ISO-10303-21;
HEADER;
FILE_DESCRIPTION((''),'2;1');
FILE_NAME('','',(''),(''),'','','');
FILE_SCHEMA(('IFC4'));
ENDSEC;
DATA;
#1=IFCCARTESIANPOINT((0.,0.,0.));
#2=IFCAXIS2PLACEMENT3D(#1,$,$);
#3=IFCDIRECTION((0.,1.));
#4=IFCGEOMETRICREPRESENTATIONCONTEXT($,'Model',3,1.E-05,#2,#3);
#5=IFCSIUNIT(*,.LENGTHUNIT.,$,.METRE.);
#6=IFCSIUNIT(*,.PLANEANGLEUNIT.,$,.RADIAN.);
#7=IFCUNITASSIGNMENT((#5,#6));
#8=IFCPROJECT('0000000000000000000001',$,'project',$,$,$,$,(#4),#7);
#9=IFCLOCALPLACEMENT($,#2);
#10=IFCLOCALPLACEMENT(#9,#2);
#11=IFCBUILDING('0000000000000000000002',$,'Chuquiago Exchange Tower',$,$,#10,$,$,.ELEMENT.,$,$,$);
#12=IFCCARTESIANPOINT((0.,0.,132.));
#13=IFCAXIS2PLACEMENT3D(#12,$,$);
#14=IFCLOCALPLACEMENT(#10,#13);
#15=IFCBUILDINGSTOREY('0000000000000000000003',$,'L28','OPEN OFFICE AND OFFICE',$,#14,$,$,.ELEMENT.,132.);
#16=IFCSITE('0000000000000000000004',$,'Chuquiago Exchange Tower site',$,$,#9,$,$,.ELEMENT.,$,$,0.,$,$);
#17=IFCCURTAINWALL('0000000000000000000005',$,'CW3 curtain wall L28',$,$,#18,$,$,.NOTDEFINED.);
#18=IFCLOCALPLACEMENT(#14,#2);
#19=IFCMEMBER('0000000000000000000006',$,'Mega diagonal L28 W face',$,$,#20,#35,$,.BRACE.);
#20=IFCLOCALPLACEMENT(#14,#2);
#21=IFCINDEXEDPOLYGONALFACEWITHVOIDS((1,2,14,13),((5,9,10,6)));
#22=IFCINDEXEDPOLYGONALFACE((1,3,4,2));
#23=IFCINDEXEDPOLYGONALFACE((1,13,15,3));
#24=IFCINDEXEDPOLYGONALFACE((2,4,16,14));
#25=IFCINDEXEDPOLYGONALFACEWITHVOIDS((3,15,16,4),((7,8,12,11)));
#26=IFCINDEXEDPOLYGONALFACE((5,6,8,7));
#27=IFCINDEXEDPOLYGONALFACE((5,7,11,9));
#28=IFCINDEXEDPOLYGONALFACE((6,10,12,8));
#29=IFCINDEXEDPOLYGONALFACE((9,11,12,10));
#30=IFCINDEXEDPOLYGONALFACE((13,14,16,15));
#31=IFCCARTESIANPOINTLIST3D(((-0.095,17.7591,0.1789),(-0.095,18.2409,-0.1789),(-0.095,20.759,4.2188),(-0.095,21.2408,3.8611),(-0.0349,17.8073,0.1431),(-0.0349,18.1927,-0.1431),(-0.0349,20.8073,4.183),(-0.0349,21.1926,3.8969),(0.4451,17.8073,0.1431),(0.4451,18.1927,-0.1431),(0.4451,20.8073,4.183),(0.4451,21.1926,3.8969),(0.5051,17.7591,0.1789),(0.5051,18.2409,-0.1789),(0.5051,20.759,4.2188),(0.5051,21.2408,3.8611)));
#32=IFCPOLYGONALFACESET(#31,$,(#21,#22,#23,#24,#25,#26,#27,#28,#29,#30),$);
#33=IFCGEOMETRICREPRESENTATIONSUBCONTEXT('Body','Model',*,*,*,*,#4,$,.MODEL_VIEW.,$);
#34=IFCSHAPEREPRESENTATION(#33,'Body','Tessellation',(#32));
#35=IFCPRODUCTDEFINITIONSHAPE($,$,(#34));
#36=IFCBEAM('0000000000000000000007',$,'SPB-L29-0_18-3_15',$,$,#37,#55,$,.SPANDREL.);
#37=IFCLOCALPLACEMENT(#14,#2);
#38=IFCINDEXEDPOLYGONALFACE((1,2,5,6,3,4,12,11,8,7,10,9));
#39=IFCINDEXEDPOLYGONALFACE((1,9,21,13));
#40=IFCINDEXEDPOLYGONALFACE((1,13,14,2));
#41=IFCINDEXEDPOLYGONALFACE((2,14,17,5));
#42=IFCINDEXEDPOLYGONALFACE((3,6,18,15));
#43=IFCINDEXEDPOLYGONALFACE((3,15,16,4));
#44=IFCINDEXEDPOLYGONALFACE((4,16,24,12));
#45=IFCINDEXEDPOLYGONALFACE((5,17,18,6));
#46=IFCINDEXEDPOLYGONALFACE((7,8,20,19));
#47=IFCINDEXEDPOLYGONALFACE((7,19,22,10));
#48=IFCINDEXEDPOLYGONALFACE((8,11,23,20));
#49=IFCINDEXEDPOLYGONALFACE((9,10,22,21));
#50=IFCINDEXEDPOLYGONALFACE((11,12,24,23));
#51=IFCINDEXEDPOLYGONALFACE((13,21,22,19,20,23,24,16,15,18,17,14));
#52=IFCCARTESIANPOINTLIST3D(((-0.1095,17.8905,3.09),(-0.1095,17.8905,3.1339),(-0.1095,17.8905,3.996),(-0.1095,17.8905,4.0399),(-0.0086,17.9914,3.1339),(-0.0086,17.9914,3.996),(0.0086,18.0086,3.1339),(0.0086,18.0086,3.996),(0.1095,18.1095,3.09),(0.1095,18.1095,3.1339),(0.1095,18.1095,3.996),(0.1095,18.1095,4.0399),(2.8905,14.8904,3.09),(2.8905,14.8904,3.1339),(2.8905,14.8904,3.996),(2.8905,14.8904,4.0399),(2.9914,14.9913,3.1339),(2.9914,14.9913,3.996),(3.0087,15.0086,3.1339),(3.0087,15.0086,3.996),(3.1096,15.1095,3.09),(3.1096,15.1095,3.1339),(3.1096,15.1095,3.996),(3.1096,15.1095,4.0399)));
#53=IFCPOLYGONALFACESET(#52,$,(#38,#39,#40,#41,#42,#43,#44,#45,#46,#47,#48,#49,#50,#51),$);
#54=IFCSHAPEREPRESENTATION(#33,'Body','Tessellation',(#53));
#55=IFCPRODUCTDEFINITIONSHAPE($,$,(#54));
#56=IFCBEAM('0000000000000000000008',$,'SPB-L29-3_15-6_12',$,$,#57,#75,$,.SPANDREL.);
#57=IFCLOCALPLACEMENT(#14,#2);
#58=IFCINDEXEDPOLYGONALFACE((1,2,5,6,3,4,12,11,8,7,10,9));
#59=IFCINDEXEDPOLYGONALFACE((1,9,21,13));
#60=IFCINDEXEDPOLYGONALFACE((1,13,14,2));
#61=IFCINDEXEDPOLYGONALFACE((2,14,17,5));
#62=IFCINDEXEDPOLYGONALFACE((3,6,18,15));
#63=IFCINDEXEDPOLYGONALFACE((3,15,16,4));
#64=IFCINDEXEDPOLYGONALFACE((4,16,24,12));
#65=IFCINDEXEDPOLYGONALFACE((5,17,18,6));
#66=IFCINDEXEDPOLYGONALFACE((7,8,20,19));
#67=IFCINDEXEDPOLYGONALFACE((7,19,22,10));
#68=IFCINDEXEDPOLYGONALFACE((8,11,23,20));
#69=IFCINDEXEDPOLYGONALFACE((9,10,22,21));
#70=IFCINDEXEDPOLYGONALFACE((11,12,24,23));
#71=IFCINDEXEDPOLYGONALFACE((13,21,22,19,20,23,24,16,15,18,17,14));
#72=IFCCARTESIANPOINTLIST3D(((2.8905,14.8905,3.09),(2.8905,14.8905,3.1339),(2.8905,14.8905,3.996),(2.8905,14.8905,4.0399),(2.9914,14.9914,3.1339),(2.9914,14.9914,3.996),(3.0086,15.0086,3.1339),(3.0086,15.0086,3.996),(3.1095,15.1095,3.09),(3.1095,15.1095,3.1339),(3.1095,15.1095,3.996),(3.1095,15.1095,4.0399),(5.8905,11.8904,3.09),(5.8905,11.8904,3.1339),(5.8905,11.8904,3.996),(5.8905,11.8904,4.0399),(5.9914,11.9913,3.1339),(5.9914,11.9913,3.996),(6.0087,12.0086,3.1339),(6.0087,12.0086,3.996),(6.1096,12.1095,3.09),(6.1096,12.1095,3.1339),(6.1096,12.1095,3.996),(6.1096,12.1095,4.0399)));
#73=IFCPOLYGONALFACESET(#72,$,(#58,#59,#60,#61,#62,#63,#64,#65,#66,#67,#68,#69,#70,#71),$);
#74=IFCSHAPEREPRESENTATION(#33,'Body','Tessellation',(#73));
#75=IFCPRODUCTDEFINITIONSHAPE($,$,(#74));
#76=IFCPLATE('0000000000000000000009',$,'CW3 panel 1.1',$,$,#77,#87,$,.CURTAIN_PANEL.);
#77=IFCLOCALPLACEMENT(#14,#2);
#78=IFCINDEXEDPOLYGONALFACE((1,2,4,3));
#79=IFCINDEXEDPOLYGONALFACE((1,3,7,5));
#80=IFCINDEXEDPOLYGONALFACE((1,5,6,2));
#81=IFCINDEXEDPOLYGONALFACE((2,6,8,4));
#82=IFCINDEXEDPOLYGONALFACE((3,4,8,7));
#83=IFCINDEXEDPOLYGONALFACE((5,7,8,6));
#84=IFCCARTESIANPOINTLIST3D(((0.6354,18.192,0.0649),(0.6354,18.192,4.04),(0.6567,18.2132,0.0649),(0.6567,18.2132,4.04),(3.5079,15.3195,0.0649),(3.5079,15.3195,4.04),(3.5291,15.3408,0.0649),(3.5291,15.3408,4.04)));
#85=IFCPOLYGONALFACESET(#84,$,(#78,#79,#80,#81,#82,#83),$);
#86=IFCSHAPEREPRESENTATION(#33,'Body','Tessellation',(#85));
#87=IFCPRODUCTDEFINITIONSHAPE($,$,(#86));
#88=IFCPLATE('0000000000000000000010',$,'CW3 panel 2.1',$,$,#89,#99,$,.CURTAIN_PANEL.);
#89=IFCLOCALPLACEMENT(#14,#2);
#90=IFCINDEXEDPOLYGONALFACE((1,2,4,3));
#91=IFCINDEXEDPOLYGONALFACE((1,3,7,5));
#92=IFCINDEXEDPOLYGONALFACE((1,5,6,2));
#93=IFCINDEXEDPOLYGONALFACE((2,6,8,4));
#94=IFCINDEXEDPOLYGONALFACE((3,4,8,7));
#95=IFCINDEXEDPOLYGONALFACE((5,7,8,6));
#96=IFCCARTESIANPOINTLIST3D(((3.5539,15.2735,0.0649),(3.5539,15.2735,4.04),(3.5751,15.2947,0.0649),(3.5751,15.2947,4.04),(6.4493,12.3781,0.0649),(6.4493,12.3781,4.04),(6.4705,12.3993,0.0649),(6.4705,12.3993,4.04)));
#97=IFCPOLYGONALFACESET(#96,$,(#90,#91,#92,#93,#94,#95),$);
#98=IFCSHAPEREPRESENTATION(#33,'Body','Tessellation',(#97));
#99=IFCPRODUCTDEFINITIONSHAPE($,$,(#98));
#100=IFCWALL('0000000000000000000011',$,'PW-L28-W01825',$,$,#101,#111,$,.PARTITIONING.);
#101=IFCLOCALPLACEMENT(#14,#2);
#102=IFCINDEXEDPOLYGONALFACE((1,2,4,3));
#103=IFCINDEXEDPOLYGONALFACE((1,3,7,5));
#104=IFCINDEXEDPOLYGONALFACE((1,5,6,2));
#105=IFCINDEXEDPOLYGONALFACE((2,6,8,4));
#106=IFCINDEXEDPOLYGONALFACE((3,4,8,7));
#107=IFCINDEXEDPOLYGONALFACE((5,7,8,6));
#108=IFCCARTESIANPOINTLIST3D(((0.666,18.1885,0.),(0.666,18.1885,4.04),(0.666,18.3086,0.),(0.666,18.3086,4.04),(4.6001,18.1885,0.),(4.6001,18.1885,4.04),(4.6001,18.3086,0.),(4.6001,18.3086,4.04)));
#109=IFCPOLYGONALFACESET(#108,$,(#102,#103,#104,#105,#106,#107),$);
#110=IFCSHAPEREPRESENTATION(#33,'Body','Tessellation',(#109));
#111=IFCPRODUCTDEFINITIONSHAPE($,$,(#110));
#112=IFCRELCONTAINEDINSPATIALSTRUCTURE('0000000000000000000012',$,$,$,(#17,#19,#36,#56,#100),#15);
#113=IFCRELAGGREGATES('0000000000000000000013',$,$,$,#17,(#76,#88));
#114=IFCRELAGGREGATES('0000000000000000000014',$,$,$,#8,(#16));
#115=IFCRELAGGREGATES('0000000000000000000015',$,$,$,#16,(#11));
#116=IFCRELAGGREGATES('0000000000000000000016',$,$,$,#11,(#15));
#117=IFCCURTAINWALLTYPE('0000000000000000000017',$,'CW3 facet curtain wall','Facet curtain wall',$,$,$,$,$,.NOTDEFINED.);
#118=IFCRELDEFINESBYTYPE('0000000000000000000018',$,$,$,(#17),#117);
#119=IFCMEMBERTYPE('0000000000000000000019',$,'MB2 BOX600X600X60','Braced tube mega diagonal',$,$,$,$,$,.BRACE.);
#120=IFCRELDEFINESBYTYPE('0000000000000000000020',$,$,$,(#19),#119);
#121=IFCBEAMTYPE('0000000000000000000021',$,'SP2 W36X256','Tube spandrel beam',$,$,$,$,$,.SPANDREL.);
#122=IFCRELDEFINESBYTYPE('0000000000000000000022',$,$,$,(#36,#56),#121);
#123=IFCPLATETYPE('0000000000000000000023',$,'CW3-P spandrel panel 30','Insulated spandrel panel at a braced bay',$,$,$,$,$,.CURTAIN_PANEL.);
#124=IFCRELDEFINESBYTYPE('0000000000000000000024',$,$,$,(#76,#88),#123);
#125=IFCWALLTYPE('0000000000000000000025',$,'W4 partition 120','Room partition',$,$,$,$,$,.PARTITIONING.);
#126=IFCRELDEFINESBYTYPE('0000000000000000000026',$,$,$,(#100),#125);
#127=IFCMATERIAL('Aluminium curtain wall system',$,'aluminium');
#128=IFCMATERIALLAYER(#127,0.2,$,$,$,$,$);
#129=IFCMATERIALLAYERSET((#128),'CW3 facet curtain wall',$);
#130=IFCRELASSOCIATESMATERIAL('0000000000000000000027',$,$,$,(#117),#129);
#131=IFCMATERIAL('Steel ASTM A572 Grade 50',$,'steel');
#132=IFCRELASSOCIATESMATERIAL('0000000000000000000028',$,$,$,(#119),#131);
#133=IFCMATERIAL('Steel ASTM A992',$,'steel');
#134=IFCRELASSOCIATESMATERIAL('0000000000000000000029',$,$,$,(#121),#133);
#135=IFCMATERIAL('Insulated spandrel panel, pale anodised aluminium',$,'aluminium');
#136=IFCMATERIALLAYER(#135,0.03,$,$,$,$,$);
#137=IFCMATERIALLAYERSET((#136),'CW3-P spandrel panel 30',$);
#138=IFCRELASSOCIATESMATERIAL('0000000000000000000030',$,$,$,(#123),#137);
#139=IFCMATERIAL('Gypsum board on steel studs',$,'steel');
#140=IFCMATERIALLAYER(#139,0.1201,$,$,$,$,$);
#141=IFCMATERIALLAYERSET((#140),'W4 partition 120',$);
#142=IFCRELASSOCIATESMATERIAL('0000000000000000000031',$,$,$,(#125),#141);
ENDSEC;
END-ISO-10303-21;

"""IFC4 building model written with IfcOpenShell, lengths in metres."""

from ifc_helpers import new_model, si_unit, direction, frame, frame_2d, origin, origin_2d, place, context, subcontext, project, spatial, rectangle, hollow_rectangle, i_section, extrude, material, layer, layer_set, material_profile, profile_set, type_object, element, aggregate, save


model = new_model("IFC4")

# Units and contexts
model_context = context("Model", 3, precision=1e-05, world=origin(), true_north=direction((0.0, 1.0)))
body_context = subcontext(model_context, "Body", "Model", "MODEL_VIEW")
ifc_project = project(units=[si_unit("LENGTHUNIT", "METRE"), si_unit("PLANEANGLEUNIT", "RADIAN")], contexts=[model_context])

# Site, building, storey
site_placement = place(None, origin())
site = spatial("IfcSite", under=ifc_project, at=site_placement, Name="Chuquiago Exchange Tower site", CompositionType="ELEMENT", RefElevation=0.0)
building_placement = place(site_placement, origin())
building = spatial("IfcBuilding", under=site, at=building_placement, Name="Chuquiago Exchange Tower", CompositionType="ELEMENT")
storey_placement = place(building_placement, frame((0.0, 0.0, 132.0)))
storey = spatial("IfcBuildingStorey", under=building, at=storey_placement, Name="L28", Description="OPEN OFFICE AND OFFICE", CompositionType="ELEMENT", Elevation=132.0)

# Curtain wall
ifc_material_1 = material(Name="Aluminium curtain wall system", Category="aluminium")
ifc_layer_1 = layer(ifc_material_1, 0.2)
ifc_layer_set_1 = layer_set([ifc_layer_1], Name="CW3 facet curtain wall")
curtain_wall_type_1 = type_object("IfcCurtainWallType", Name="CW3 facet curtain wall", Description="Facet curtain wall", PredefinedType="NOTDEFINED", material=ifc_layer_set_1)
curtain_wall_1_placement = place(storey_placement, origin())
curtain_wall_1 = element("IfcCurtainWall", 1, at=curtain_wall_1_placement, inside=storey, type_object=curtain_wall_type_1, Name="CW3 curtain wall L28", PredefinedType="NOTDEFINED")

# Member
ifc_material_2 = material(Name="Steel ASTM A572 Grade 50", Category="steel")
ifc_material_profile_1 = material_profile(ifc_material_2, hollow_rectangle(XDim=0.6001, YDim=0.6001, WallThickness=0.0601, at=origin_2d()), Name="BOX600X600X60")
ifc_profile_set_1 = profile_set([ifc_material_profile_1], Name="Steel ASTM A572 Grade 50")
member_type_1 = type_object("IfcMemberType", Name="MB2 BOX600X600X60", Description="Braced tube mega diagonal", PredefinedType="BRACE", material=ifc_profile_set_1)
member_1_placement = place(storey_placement, frame((0.2051, 18.0, 0.0), z_axis=(0.0, 0.596174, 0.802855), x_axis=(-1.0, 0.0, 0.0)))
element("IfcMember", 2, at=member_1_placement, inside=storey, type_object=member_type_1, Name="Mega diagonal L28 W face", PredefinedType="BRACE", context=body_context, shape_type="SweptSolid", body=[
    extrude(hollow_rectangle(XDim=0.6001, YDim=0.6001, WallThickness=0.0601, at=origin_2d()), origin(), (0.0, 0.0, 1.0), 5.032),
])

# Beams
ifc_material_3 = material(Name="Steel ASTM A992", Category="steel")
ifc_material_profile_2 = material_profile(ifc_material_3, i_section(OverallWidth=0.3098, OverallDepth=0.95, WebThickness=0.0244, FlangeThickness=0.0439, at=origin_2d()), Name="W36X256")
ifc_profile_set_2 = profile_set([ifc_material_profile_2], Name="Steel ASTM A992")
beam_type = type_object("IfcBeamType", Name="SP2 W36X256", Description="Tube spandrel beam", PredefinedType="SPANDREL", material=ifc_profile_set_2)
for number, where, z_axis, x_axis, name in (
    (3, (0.0, 18.0, 3.5649), (0.707107, -0.707107, 0.0), (0.707107, 0.707107, 0.0), "SPB-L29-0_18-3_15"),
    (4, (3.0, 15.0, 3.5649), (0.707107, -0.707107, 0.0), (0.707107, 0.707107, 0.0), "SPB-L29-3_15-6_12"),
):
    element("IfcBeam", number, at=place(storey_placement, frame(where, z_axis=z_axis, x_axis=x_axis)), inside=storey, type_object=beam_type, Name=name, PredefinedType="SPANDREL", context=body_context, shape_type="SweptSolid", body=[
        extrude(i_section(OverallWidth=0.3098, OverallDepth=0.95, WebThickness=0.0244, FlangeThickness=0.0439, at=origin_2d()), origin(), (0.0, 0.0, 1.0), 4.2427),
    ])

# Plates
ifc_material_4 = material(Name="Insulated spandrel panel, pale anodised aluminium", Category="aluminium")
ifc_layer_2 = layer(ifc_material_4, 0.03)
ifc_layer_set_2 = layer_set([ifc_layer_2], Name="CW3-P spandrel panel 30")
plate_type = type_object("IfcPlateType", Name="CW3-P spandrel panel 30", Description="Insulated spandrel panel at a braced bay", PredefinedType="CURTAIN_PANEL", material=ifc_layer_set_2)
plate_1_placement = place(storey_placement, frame((2.0823, 16.7664, 0.0649), z_axis=(0.0, 0.0, 1.0), x_axis=(0.707107, -0.707107, 0.0)))
plate_1 = element("IfcPlate", 5, at=plate_1_placement, type_object=plate_type, Name="CW3 panel 1.1", PredefinedType="CURTAIN_PANEL", context=body_context, shape_type="SweptSolid", body=[
    extrude(rectangle(XDim=4.0623, YDim=0.03, at=origin_2d()), origin(), (0.0, 0.0, 1.0), 3.9751),
])
plate_2_placement = place(storey_placement, frame((5.0122, 13.8364, 0.0649), z_axis=(0.0, 0.0, 1.0), x_axis=(0.707107, -0.707107, 0.0)))
plate_2 = element("IfcPlate", 6, at=plate_2_placement, type_object=plate_type, Name="CW3 panel 2.1", PredefinedType="CURTAIN_PANEL", context=body_context, shape_type="SweptSolid", body=[
    extrude(rectangle(XDim=4.0947, YDim=0.03, at=origin_2d()), origin(), (0.0, 0.0, 1.0), 3.9751),
])
aggregate(curtain_wall_1, [plate_1, plate_2])

# Wall
ifc_material_5 = material(Name="Gypsum board on steel studs", Category="steel")
ifc_layer_3 = layer(ifc_material_5, 0.1201)
ifc_layer_set_3 = layer_set([ifc_layer_3], Name="W4 partition 120")
wall_type = type_object("IfcWallType", Name="W4 partition 120", Description="Room partition", PredefinedType="PARTITIONING", material=ifc_layer_set_3)
wall_1_placement = place(storey_placement, frame((0.666, 18.2485, 0.0), z_axis=(0.0, 0.0, 1.0), x_axis=(1.0, 0.0, 0.0)))
element("IfcWall", 7, at=wall_1_placement, inside=storey, type_object=wall_type, Name="PW-L28-W01825", PredefinedType="PARTITIONING", context=body_context, shape_type="SweptSolid", body=[
    extrude(rectangle(XDim=3.9341, YDim=0.1201, at=frame_2d((1.967, 0.0))), origin(), (0.0, 0.0, 1.0), 4.04),
])

save(model, "model.ifc")
